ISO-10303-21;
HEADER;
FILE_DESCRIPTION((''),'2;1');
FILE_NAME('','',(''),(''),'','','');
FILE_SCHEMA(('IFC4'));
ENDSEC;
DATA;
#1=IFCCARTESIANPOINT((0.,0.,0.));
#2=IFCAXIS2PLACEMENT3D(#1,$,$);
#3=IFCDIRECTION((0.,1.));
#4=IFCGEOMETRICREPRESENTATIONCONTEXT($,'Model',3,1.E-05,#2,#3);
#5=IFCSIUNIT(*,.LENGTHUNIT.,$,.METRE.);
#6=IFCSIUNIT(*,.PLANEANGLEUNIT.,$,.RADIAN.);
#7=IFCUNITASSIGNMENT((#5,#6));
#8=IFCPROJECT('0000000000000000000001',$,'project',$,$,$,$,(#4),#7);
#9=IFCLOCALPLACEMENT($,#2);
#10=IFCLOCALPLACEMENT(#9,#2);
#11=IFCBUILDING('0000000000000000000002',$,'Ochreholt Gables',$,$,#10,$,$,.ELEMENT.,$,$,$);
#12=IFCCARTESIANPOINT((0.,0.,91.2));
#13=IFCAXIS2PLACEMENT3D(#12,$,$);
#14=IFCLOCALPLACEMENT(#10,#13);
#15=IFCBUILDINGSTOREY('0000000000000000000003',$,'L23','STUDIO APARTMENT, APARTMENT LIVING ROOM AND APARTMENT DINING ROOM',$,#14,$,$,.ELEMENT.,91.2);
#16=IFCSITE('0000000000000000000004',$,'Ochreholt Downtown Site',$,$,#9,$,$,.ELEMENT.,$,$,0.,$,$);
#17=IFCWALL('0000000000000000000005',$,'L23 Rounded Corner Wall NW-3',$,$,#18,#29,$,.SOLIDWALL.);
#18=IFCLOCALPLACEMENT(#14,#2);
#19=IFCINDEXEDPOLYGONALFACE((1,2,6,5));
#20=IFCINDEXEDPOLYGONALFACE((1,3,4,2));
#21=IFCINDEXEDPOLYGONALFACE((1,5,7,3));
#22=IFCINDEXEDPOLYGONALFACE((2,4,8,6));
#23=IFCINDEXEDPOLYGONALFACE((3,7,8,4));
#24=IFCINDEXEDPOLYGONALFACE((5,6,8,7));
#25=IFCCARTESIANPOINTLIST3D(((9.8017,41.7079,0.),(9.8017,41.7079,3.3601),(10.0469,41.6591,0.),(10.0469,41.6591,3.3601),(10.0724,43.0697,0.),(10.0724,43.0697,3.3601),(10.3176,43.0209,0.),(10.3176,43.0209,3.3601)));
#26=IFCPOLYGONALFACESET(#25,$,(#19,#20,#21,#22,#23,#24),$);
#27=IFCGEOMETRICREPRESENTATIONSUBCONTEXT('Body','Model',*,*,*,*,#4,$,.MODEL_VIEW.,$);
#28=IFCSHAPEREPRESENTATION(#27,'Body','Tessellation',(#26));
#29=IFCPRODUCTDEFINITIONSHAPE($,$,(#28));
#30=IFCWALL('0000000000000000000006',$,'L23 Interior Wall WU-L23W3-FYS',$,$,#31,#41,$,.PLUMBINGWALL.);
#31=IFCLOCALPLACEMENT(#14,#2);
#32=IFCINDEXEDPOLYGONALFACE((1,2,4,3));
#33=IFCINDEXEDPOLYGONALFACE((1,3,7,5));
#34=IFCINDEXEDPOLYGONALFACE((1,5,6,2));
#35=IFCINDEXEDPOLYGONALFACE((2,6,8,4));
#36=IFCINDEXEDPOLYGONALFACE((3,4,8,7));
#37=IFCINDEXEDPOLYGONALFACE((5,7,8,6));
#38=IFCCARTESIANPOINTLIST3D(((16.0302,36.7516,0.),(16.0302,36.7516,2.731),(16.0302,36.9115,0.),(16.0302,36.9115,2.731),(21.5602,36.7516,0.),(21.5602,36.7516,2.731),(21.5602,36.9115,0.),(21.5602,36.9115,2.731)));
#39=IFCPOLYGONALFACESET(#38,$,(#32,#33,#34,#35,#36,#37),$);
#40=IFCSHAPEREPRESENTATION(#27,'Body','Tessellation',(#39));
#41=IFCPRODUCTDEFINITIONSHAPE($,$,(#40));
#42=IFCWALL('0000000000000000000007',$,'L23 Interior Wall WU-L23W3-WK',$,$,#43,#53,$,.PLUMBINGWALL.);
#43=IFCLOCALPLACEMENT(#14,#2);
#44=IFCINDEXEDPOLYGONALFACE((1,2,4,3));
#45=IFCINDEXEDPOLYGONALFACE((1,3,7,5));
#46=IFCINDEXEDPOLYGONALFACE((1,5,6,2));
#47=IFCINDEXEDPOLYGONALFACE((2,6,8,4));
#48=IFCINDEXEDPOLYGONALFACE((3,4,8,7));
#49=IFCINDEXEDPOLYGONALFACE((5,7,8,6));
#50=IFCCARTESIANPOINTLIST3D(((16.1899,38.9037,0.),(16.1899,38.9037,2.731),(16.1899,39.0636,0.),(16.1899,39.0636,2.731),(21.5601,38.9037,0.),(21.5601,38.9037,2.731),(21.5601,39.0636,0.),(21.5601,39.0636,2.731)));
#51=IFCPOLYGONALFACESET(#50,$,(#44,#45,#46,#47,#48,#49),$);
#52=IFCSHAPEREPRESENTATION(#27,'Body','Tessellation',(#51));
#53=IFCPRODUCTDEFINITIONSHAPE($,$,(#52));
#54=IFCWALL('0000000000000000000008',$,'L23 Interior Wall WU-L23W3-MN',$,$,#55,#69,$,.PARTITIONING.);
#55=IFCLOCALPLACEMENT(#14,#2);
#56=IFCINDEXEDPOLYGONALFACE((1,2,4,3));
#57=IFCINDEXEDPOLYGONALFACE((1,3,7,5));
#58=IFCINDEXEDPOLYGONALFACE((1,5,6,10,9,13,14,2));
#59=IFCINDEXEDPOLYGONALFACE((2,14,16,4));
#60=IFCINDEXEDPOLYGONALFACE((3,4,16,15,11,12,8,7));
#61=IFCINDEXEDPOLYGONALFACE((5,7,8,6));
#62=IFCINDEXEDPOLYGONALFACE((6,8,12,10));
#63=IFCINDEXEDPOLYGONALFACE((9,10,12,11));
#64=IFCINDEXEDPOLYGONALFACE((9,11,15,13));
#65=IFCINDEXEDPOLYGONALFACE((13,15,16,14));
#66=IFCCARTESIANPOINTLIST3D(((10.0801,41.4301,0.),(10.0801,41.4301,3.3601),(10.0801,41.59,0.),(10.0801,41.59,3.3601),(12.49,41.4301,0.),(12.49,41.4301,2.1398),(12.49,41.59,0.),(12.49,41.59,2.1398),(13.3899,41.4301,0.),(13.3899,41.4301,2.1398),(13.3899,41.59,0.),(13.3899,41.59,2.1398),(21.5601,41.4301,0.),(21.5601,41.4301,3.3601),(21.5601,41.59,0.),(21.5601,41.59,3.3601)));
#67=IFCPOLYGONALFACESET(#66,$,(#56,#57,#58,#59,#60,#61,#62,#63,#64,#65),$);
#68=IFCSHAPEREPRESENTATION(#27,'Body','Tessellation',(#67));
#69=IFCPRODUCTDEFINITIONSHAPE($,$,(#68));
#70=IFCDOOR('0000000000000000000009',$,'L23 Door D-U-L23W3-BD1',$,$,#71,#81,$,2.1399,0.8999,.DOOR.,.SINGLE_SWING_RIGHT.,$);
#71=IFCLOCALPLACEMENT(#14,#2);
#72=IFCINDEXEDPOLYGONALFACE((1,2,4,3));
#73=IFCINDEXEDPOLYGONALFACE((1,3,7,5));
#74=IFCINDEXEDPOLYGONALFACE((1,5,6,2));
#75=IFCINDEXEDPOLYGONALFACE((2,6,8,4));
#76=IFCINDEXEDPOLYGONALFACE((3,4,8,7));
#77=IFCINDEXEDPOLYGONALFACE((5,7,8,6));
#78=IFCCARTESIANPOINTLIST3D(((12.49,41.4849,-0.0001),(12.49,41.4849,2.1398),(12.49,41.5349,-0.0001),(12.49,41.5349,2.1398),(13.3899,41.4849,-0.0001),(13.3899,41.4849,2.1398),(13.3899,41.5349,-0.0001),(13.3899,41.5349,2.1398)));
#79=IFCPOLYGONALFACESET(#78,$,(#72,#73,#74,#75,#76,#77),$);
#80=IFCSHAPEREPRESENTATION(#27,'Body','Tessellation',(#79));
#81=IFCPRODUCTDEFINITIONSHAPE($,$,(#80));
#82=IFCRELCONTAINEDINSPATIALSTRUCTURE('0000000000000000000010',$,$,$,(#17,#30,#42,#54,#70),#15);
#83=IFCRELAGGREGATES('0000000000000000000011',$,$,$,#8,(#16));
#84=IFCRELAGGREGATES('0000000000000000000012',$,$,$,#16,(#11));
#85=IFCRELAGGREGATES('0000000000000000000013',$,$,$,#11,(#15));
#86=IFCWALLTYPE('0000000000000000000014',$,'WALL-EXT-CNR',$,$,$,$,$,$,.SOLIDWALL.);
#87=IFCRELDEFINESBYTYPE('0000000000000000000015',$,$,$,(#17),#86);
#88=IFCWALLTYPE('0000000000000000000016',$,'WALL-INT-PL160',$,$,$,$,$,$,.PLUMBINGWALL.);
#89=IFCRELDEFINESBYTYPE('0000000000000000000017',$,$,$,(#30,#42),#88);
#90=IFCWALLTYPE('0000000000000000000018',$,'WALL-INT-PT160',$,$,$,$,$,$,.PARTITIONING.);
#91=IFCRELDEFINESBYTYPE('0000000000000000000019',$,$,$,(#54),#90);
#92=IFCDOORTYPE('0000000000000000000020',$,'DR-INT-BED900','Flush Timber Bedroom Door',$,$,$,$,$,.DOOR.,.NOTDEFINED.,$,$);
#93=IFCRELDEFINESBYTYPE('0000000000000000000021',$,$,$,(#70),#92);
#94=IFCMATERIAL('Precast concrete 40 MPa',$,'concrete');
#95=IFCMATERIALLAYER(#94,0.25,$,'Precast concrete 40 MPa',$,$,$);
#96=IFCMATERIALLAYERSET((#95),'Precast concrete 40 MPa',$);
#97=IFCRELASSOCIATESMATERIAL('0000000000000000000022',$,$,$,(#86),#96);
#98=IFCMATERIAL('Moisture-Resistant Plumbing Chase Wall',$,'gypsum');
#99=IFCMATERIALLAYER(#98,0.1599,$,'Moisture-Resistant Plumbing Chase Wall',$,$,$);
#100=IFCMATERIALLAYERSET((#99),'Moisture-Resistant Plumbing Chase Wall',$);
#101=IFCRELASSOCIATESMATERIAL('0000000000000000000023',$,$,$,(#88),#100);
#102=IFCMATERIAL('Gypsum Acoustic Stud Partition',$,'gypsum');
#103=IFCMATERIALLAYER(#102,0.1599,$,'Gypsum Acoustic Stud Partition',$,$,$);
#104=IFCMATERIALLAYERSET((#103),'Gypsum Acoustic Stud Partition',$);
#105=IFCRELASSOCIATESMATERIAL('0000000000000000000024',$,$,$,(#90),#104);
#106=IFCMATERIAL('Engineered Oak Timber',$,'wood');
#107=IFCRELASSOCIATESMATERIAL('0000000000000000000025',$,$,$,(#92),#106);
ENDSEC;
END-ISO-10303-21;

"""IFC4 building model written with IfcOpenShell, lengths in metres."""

from ifc_helpers import new_model, si_unit, direction, frame, frame_2d, origin, place, context, subcontext, project, spatial, rectangle, extrude, material, layer, layer_set, type_object, element, fill, save


model = new_model("IFC4")

# Units and contexts
model_context = context("Model", 3, precision=1e-05, world=origin(), true_north=direction((0.0, 1.0)))
body_context = subcontext(model_context, "Body", "Model", "MODEL_VIEW")
ifc_project = project(units=[si_unit("LENGTHUNIT", "METRE"), si_unit("PLANEANGLEUNIT", "RADIAN")], contexts=[model_context])

# Site, building, storey
site_placement = place(None, origin())
site = spatial("IfcSite", under=ifc_project, at=site_placement, Name="Ochreholt Downtown Site", CompositionType="ELEMENT", RefElevation=0.0)
building_placement = place(site_placement, origin())
building = spatial("IfcBuilding", under=site, at=building_placement, Name="Ochreholt Gables", CompositionType="ELEMENT")
storey_placement = place(building_placement, frame((0.0, 0.0, 91.2)))
storey = spatial("IfcBuildingStorey", under=building, at=storey_placement, Name="L23", Description="STUDIO APARTMENT, APARTMENT LIVING ROOM AND APARTMENT DINING ROOM", CompositionType="ELEMENT", Elevation=91.2)

# Shared definitions
ifc_material_1 = material(Name="Precast concrete 40 MPa", Category="concrete")

# Shared definitions
ifc_layer_1 = layer(ifc_material_1, 0.25, Name="Precast concrete 40 MPa")
ifc_layer_set_1 = layer_set([ifc_layer_1], Name="Precast concrete 40 MPa")
wall_type_1 = type_object("IfcWallType", Name="WALL-EXT-CNR", PredefinedType="SOLIDWALL", material=ifc_layer_set_1)

# Walls
wall_1_placement = place(storey_placement, frame((10.1951, 43.0454, 0.0), z_axis=(0.0, 0.0, 1.0), x_axis=(-0.195, -0.980803, 0.0)))
element("IfcWall", 1, at=wall_1_placement, inside=storey, type_object=wall_type_1, Name="L23 Rounded Corner Wall NW-3", PredefinedType="SOLIDWALL", context=body_context, shape_type="SweptSolid", body=[
    extrude(rectangle(XDim=1.3884, YDim=0.25, at=frame_2d((0.6943, 0.0))), origin(), (0.0, 0.0, 1.0), 3.3601),
])
ifc_material_2 = material(Name="Moisture-Resistant Plumbing Chase Wall", Category="gypsum")
ifc_layer_2 = layer(ifc_material_2, 0.1599, Name="Moisture-Resistant Plumbing Chase Wall")
ifc_layer_set_2 = layer_set([ifc_layer_2], Name="Moisture-Resistant Plumbing Chase Wall")
wall_type_2 = type_object("IfcWallType", Name="WALL-INT-PL160", PredefinedType="PLUMBINGWALL", material=ifc_layer_set_2)
wall_2_placement = place(storey_placement, frame((16.03, 36.8315, 0.0), z_axis=(0.0, 0.0, 1.0), x_axis=(1.0, 0.0, 0.0)))
element("IfcWall", 2, at=wall_2_placement, inside=storey, type_object=wall_type_2, Name="L23 Interior Wall WU-L23W3-FYS", PredefinedType="PLUMBINGWALL", context=body_context, shape_type="SweptSolid", body=[
    extrude(rectangle(XDim=5.53, YDim=0.1599, at=frame_2d((2.7651, 0.0))), origin(), (0.0, 0.0, 1.0), 2.731),
])

# Shared definitions
ifc_material_3 = material(Name="Engineered Oak Timber", Category="wood")

# Wall
wall_3_placement = place(storey_placement, frame((16.1899, 38.9836, 0.0), z_axis=(0.0, 0.0, 1.0), x_axis=(1.0, 0.0, 0.0)))
element("IfcWall", 3, at=wall_3_placement, inside=storey, type_object=wall_type_2, Name="L23 Interior Wall WU-L23W3-WK", PredefinedType="PLUMBINGWALL", context=body_context, shape_type="SweptSolid", body=[
    extrude(rectangle(XDim=5.3701, YDim=0.1599, at=frame_2d((2.6851, 0.0))), origin(), (0.0, 0.0, 1.0), 2.731),
])

# Wall, opening, door
ifc_material_4 = material(Name="Gypsum Acoustic Stud Partition", Category="gypsum")
ifc_layer_3 = layer(ifc_material_4, 0.1599, Name="Gypsum Acoustic Stud Partition")
ifc_layer_set_3 = layer_set([ifc_layer_3], Name="Gypsum Acoustic Stud Partition")
wall_type_3 = type_object("IfcWallType", Name="WALL-INT-PT160", PredefinedType="PARTITIONING", material=ifc_layer_set_3)
wall_4_placement = place(storey_placement, frame((10.0801, 41.51, 0.0), z_axis=(0.0, 0.0, 1.0), x_axis=(1.0, 0.0, 0.0)))
wall_4 = element("IfcWall", 4, at=wall_4_placement, inside=storey, type_object=wall_type_3, Name="L23 Interior Wall WU-L23W3-MN", PredefinedType="PARTITIONING", context=body_context, shape_type="SweptSolid", body=[
    extrude(rectangle(XDim=11.48, YDim=0.1599, at=frame_2d((5.74, 0.0))), origin(), (0.0, 0.0, 1.0), 3.3601),
])
opening_1_placement = place(wall_4_placement, frame((2.4099, 0.0, 0.0)))
opening_1 = element("IfcOpeningElement", 5, at=opening_1_placement, cuts=wall_4, PredefinedType="OPENING", context=body_context, shape_type="SweptSolid", body=[
    extrude(rectangle(XDim=0.8999, YDim=2.1399, at=frame_2d((0.45, 1.0698))), frame((0.0, 0.0898, 0.0), z_axis=(0.0, -1.0, 0.0), x_axis=(1.0, 0.0, 0.0)), (0.0, 0.0, 1.0), 0.1799),
])
door_type_1 = type_object("IfcDoorType", Name="DR-INT-BED900", Description="Flush Timber Bedroom Door", OperationType="NOTDEFINED", PredefinedType="DOOR", material=ifc_material_3)
door_1_placement = place(opening_1_placement, origin())
door_1 = element("IfcDoor", 6, at=door_1_placement, inside=storey, type_object=door_type_1, Name="L23 Door D-U-L23W3-BD1", OperationType="SINGLE_SWING_RIGHT", OverallHeight=2.1399, OverallWidth=0.8999, PredefinedType="DOOR", context=body_context, shape_type="SweptSolid", body=[
    extrude(rectangle(XDim=0.8999, YDim=2.1399, at=frame_2d((0.45, 1.0698))), frame((0.0, 0.0249, 0.0), z_axis=(0.0, -1.0, 0.0), x_axis=(1.0, 0.0, 0.0)), (0.0, 0.0, 1.0), 0.05),
])
fill(opening_1, door_1)

save(model, "model.ifc")
